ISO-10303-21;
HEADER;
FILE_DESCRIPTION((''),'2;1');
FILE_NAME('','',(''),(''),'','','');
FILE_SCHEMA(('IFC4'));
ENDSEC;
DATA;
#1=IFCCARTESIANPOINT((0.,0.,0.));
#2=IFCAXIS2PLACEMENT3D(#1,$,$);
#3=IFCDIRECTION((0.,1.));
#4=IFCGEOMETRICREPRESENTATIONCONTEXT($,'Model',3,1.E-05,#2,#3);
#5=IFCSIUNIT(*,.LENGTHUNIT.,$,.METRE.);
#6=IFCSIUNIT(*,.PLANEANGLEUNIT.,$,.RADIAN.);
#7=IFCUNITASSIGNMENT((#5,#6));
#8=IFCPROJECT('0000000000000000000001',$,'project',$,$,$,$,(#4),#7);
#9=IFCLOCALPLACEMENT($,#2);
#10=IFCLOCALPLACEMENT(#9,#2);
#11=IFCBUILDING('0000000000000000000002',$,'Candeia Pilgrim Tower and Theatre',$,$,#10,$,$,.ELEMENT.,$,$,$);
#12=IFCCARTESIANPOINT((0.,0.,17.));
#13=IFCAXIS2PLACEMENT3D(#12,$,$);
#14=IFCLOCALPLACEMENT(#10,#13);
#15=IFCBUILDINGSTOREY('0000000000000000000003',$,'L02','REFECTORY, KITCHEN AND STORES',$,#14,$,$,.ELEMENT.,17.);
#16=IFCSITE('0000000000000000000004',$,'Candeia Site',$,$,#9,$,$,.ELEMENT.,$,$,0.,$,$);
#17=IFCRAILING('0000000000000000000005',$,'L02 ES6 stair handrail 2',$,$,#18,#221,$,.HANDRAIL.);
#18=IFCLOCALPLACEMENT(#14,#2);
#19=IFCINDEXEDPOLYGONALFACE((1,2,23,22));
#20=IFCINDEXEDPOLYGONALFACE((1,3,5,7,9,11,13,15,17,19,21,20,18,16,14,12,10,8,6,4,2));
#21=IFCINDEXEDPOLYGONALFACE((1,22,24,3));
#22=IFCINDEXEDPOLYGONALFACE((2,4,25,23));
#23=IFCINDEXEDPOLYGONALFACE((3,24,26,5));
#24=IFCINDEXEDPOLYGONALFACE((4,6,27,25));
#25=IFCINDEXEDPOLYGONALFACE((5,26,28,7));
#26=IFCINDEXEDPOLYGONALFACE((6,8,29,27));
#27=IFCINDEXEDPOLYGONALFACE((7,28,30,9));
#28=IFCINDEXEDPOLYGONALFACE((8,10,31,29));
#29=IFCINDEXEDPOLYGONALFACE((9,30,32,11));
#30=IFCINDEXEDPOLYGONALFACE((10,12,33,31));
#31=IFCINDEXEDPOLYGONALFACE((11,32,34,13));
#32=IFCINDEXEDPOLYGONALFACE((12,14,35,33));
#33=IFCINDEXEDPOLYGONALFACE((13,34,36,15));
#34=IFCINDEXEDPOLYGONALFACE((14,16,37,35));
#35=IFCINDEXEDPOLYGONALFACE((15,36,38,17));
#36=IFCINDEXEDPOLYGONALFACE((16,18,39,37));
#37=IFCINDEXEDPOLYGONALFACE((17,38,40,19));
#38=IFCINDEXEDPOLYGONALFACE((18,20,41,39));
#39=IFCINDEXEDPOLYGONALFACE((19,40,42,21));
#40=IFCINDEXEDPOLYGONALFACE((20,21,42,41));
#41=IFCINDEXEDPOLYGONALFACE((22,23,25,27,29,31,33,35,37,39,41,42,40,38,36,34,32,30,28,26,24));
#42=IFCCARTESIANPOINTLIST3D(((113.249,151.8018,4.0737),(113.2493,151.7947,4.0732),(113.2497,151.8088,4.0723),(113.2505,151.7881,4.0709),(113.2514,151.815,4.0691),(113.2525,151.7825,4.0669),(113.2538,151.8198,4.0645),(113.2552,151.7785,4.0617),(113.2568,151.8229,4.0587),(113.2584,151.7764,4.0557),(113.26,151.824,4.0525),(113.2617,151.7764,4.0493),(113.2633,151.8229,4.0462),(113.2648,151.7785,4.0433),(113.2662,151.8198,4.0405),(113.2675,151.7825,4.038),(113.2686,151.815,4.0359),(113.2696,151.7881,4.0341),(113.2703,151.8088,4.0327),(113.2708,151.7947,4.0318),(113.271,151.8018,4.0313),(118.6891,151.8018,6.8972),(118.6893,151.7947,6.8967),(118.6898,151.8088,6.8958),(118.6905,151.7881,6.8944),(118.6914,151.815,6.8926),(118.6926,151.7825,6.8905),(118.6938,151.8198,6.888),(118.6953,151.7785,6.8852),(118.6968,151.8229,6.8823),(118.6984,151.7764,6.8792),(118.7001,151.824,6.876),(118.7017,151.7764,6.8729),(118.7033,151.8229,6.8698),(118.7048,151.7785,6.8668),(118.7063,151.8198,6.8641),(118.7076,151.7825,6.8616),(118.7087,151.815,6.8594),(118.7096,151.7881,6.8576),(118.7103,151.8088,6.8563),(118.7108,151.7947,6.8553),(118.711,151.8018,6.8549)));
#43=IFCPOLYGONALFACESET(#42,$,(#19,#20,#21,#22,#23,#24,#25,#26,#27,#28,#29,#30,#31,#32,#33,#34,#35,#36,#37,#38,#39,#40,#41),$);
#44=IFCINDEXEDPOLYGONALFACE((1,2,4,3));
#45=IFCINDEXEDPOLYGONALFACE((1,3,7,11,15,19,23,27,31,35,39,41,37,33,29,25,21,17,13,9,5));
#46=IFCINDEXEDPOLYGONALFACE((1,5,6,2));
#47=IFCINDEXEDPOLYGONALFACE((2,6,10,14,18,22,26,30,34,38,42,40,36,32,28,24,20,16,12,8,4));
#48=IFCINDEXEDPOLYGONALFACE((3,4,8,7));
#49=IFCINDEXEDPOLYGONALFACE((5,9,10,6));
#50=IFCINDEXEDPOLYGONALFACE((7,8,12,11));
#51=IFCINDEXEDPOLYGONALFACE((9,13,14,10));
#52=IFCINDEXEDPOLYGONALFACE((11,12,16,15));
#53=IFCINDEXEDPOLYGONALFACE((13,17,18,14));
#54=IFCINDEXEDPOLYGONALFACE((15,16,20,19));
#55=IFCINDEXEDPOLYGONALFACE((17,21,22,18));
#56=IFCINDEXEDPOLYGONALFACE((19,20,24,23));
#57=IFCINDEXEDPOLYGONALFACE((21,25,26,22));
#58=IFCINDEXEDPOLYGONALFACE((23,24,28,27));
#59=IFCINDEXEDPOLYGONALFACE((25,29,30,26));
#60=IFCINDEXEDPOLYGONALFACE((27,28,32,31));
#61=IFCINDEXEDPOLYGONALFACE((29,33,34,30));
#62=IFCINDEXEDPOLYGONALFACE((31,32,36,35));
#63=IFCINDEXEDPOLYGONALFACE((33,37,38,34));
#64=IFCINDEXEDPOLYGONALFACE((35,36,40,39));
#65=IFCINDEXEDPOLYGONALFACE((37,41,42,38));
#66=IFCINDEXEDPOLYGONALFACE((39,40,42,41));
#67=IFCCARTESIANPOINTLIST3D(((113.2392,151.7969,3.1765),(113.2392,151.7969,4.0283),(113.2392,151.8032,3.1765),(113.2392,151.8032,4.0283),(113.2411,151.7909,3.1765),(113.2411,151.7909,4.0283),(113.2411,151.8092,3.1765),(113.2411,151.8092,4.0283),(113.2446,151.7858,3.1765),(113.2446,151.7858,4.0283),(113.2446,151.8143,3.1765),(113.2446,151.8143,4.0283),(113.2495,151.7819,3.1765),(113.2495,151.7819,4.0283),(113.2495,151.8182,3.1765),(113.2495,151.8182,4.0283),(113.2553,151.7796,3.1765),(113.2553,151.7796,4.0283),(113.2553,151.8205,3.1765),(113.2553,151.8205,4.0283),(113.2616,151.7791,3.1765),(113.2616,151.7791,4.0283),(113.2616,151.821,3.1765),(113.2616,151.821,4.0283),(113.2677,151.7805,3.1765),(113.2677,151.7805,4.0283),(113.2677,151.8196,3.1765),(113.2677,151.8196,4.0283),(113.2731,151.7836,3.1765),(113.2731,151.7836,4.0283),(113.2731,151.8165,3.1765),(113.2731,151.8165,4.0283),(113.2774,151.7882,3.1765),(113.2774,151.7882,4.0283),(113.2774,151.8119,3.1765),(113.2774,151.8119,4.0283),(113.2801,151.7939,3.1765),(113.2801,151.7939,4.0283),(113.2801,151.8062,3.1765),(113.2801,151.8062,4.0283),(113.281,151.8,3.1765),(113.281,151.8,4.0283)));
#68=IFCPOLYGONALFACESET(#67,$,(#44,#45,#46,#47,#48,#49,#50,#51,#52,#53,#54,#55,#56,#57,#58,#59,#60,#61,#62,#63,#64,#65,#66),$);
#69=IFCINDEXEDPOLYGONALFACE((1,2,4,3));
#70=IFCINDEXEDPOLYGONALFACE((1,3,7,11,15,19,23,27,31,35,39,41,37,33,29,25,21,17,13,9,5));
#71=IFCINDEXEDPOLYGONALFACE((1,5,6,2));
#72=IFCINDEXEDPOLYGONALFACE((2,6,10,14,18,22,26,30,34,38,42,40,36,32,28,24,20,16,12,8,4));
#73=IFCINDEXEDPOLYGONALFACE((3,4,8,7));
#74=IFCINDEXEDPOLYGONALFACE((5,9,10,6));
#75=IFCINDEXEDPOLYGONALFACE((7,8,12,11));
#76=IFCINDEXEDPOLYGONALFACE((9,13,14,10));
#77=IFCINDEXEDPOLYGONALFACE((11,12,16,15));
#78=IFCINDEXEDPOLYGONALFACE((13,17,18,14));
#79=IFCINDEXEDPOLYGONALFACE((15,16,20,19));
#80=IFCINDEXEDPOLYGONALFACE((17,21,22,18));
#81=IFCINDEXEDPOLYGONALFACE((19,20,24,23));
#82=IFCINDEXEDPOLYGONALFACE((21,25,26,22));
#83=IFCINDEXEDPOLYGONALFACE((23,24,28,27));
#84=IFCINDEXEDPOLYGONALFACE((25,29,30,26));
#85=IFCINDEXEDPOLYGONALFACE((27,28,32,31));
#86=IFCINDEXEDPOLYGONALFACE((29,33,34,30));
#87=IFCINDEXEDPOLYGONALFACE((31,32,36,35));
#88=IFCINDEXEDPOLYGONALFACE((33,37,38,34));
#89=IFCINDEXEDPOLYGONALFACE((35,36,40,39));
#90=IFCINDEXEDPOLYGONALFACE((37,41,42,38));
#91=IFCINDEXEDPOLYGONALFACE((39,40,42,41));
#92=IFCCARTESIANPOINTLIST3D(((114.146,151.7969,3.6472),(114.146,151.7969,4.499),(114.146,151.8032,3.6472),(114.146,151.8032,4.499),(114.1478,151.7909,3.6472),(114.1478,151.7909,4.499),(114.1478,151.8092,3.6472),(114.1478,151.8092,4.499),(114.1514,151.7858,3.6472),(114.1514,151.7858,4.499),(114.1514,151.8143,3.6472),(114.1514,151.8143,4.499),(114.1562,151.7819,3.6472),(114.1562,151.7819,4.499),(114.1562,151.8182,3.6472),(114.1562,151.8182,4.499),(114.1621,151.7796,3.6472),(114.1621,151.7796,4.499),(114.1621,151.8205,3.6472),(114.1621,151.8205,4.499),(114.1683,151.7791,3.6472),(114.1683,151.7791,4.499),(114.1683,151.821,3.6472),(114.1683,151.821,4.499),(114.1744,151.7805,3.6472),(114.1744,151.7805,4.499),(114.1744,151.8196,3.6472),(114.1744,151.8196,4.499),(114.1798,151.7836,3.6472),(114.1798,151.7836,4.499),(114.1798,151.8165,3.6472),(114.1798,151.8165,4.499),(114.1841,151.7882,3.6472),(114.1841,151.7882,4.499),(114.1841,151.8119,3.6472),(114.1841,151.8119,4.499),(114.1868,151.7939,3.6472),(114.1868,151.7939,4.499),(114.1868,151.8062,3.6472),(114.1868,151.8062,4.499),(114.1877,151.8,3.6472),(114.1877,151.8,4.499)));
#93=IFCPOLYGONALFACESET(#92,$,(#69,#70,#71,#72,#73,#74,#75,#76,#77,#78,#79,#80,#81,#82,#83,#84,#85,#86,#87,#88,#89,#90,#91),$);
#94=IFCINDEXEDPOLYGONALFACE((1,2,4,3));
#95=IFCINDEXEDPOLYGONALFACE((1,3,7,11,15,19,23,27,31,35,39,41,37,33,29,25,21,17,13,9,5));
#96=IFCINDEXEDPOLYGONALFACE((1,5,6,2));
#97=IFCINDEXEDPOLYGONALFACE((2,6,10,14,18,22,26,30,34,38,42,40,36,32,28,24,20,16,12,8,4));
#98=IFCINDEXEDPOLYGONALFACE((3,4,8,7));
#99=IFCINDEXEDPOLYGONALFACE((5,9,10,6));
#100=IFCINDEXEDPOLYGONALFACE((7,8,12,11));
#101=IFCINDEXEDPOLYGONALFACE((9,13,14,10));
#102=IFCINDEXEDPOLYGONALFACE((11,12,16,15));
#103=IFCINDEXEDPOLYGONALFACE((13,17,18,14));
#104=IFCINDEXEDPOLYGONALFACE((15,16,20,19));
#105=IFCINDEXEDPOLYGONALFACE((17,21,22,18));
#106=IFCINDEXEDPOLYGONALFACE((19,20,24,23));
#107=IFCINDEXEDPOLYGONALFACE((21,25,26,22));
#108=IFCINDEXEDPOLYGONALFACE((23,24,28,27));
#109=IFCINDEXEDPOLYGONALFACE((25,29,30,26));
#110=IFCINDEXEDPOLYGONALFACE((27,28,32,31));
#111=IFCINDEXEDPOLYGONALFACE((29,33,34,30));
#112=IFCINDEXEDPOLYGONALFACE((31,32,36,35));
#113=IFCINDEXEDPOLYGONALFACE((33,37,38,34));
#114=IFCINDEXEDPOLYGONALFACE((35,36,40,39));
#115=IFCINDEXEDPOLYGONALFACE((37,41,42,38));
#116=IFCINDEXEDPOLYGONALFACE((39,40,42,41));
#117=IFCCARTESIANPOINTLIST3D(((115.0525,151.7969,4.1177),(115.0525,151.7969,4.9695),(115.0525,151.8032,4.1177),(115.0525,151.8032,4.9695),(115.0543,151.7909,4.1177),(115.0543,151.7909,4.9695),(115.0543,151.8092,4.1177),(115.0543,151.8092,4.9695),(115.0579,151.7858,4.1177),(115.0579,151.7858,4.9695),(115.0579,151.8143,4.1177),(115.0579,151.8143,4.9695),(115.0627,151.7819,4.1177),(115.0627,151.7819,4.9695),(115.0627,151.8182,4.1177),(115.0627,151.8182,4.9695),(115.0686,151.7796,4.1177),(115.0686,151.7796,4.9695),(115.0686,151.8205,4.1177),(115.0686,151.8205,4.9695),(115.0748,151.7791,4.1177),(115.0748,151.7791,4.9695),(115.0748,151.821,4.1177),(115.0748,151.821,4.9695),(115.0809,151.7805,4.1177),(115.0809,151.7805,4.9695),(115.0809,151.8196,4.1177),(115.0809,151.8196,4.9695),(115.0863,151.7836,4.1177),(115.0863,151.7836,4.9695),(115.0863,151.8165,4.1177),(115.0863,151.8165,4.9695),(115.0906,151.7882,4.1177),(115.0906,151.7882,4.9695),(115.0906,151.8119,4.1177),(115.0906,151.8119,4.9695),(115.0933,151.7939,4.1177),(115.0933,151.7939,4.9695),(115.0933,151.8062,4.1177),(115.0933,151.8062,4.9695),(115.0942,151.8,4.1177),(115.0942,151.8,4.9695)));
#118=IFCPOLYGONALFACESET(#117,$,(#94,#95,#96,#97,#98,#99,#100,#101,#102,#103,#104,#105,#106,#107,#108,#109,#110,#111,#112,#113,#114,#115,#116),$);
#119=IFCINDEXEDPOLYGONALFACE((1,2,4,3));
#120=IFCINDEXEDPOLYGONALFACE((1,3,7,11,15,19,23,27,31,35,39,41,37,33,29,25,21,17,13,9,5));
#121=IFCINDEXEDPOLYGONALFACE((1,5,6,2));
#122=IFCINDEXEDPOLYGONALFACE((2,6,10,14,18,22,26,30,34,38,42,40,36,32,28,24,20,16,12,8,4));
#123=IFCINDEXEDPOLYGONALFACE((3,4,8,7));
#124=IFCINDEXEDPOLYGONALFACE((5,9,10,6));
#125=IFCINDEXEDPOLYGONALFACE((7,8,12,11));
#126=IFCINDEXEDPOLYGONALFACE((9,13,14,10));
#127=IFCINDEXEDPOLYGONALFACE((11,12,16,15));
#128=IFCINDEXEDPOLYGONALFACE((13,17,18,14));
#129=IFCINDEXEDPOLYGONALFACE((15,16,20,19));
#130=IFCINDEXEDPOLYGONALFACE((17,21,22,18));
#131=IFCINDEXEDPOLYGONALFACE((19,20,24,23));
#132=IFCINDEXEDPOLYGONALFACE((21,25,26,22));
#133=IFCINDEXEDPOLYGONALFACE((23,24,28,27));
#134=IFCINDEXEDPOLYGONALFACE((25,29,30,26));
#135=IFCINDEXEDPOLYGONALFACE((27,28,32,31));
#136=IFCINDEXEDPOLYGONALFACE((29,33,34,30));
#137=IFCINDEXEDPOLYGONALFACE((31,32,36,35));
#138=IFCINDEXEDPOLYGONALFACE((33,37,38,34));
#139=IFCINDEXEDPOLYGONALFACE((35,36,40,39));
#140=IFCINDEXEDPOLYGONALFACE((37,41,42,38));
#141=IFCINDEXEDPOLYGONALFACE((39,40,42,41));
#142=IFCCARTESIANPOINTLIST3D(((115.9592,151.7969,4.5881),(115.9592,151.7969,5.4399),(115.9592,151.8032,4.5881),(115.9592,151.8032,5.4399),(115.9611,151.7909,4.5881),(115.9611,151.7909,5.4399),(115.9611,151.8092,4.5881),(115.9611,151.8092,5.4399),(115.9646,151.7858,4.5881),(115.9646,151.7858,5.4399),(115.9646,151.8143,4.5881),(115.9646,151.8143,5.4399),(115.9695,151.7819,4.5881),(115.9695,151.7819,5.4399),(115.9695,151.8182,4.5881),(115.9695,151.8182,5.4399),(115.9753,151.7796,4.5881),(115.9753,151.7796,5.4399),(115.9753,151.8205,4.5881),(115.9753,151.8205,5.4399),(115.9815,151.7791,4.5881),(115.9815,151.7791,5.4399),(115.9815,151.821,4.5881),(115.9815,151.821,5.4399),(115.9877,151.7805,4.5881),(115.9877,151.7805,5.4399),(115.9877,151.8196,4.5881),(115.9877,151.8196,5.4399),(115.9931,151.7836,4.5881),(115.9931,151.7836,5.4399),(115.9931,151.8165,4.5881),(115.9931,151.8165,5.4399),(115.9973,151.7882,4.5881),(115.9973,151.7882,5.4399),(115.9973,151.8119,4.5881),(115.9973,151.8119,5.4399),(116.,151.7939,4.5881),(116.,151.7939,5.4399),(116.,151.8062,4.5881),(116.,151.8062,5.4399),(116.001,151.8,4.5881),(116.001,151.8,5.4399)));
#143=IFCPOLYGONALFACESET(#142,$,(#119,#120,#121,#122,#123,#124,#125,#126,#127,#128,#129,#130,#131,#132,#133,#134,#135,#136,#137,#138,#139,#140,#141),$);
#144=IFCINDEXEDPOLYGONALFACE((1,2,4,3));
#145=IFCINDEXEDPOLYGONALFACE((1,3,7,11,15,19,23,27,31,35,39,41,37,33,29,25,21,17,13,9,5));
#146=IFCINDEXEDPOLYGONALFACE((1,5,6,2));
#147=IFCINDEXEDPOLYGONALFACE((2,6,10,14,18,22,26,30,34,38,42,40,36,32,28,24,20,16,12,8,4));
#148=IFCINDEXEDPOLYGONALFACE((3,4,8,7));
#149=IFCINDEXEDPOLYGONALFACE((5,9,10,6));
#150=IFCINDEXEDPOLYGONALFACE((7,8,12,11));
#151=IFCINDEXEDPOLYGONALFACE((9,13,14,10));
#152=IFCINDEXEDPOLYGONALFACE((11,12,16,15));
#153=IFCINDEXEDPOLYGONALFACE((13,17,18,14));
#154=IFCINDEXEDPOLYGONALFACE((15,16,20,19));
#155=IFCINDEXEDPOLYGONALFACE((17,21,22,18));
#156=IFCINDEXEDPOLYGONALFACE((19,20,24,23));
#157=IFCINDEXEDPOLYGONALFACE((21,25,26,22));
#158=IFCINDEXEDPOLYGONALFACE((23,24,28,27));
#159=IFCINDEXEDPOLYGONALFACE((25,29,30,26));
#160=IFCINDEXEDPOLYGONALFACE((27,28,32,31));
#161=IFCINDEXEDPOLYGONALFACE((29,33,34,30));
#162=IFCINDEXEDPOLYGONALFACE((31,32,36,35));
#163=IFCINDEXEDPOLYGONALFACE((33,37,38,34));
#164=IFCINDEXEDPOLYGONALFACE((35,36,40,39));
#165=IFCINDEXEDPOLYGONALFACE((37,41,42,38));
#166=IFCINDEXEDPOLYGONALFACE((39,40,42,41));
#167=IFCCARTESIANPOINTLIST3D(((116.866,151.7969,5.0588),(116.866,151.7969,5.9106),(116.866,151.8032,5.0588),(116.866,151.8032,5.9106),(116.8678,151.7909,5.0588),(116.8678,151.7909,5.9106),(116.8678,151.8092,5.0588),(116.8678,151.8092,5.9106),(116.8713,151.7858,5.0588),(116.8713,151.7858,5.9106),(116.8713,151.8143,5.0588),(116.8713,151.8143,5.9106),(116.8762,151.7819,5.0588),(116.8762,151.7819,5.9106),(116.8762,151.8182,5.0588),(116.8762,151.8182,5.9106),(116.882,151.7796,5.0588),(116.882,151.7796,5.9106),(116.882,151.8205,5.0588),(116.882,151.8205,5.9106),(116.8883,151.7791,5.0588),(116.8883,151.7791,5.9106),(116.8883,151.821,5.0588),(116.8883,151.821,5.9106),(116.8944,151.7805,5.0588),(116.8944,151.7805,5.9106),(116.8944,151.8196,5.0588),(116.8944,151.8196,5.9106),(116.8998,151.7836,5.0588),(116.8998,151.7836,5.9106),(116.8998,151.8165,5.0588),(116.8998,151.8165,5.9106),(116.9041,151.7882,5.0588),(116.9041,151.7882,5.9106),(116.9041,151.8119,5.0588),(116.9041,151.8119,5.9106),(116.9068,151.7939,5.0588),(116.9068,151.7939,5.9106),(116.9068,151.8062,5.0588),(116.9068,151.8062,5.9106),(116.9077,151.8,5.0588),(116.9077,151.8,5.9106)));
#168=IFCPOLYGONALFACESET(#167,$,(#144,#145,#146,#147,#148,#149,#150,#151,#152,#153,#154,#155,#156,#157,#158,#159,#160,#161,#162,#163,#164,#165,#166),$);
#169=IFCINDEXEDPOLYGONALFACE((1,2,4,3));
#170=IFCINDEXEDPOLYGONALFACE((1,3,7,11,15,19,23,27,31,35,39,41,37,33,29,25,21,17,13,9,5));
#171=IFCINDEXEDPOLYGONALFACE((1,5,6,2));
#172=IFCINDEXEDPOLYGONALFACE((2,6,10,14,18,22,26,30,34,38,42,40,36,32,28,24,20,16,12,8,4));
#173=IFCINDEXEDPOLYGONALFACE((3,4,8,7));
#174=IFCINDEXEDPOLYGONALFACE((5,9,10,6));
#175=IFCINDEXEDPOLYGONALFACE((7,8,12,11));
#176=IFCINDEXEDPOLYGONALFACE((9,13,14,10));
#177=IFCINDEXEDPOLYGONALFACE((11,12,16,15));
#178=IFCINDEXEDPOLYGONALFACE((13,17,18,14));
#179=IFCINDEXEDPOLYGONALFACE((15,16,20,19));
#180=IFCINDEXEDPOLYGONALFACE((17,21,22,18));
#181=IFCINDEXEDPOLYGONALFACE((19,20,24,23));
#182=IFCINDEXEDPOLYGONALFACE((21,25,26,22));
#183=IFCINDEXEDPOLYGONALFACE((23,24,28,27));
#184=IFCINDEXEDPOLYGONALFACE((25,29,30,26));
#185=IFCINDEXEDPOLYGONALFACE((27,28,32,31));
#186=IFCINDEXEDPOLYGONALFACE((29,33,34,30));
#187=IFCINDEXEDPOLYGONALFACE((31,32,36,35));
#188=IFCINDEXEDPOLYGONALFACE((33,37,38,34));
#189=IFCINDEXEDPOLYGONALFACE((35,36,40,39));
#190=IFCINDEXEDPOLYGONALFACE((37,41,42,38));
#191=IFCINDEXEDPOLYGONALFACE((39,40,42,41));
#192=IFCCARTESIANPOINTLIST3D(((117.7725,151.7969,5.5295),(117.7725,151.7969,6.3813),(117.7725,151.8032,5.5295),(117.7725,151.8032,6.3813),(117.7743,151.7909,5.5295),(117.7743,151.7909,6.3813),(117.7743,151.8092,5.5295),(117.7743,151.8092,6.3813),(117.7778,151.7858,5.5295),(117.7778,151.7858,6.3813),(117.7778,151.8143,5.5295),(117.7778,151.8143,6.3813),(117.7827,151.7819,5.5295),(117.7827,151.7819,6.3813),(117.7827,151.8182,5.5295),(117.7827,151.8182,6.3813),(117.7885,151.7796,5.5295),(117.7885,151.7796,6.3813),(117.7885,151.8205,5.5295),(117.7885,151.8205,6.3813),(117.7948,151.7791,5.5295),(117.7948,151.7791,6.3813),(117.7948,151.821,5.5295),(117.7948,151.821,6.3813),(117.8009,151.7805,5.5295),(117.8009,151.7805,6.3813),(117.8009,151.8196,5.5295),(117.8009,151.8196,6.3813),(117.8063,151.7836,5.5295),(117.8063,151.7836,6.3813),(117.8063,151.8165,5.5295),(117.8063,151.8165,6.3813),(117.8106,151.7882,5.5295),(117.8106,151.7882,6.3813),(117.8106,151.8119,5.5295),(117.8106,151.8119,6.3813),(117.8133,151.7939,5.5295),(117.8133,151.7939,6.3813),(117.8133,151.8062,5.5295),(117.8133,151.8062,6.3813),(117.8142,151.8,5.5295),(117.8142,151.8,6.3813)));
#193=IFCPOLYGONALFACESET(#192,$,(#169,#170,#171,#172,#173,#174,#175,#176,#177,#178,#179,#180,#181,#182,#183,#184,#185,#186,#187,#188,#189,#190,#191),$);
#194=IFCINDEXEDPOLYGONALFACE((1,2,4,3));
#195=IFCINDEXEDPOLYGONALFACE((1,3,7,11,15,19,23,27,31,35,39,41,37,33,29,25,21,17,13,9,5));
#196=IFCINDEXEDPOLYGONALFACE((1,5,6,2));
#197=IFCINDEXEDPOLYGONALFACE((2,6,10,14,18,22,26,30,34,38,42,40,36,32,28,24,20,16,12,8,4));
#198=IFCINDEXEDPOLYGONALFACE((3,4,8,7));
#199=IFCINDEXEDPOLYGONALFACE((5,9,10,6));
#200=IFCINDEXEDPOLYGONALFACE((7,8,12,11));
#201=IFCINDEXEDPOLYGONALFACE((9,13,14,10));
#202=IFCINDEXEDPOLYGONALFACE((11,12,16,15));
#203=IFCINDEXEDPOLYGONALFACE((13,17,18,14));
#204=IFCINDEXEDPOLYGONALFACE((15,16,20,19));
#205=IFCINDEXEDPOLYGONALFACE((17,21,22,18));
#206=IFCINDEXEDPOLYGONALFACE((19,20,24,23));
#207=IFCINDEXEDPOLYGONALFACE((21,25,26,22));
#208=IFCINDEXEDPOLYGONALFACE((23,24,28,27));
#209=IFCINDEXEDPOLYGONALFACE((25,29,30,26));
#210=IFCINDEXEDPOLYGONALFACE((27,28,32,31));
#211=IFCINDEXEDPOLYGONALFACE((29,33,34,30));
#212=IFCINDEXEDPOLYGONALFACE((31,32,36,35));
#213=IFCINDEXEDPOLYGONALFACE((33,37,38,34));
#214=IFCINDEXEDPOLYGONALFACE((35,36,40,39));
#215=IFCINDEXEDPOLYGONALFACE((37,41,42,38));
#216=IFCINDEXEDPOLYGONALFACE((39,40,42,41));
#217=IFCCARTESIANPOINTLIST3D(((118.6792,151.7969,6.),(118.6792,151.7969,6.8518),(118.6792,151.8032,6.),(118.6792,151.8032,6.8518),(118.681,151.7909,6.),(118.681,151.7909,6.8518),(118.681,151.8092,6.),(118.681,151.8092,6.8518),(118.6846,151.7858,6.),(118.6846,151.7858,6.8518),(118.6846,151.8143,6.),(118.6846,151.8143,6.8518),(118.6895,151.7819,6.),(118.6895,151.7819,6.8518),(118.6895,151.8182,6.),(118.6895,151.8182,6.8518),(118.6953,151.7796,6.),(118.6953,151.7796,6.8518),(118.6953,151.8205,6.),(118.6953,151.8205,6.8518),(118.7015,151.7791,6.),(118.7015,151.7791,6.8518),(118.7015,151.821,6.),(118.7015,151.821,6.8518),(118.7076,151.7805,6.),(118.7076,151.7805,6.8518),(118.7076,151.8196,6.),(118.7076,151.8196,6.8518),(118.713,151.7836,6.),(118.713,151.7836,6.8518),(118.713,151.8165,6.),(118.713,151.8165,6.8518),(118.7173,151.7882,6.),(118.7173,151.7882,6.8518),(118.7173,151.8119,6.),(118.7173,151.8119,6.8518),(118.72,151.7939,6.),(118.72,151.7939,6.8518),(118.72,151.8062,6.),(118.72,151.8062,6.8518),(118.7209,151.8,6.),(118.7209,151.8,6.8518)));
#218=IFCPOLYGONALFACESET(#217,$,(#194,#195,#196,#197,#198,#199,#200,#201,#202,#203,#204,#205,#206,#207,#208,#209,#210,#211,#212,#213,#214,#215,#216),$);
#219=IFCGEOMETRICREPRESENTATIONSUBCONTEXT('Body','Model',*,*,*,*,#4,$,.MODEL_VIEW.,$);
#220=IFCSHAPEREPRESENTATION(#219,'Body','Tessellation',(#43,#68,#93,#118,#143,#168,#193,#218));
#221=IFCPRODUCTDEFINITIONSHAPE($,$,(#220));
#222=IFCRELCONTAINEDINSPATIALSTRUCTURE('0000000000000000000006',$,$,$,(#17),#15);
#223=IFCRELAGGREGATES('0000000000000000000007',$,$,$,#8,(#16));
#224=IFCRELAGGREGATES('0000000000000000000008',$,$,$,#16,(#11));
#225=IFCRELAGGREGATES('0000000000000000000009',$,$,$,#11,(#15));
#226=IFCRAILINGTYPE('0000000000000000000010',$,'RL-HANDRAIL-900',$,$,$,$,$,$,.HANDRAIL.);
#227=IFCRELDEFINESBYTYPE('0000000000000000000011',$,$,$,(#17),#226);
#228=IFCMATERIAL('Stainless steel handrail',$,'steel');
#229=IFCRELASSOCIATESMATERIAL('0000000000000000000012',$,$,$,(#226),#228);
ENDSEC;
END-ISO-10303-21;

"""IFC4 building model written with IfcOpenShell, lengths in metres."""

from ifc_helpers import new_model, si_unit, direction, frame, origin, origin_2d, place, context, subcontext, project, spatial, circle, extrude, material, type_object, element, save


model = new_model("IFC4")

# Units and contexts
model_context = context("Model", 3, precision=1e-05, world=origin(), true_north=direction((0.0, 1.0)))
body_context = subcontext(model_context, "Body", "Model", "MODEL_VIEW")
ifc_project = project(units=[si_unit("LENGTHUNIT", "METRE"), si_unit("PLANEANGLEUNIT", "RADIAN")], contexts=[model_context])

# Site, building, storey
site_placement = place(None, origin())
site = spatial("IfcSite", under=ifc_project, at=site_placement, Name="Candeia Site", CompositionType="ELEMENT", RefElevation=0.0)
building_placement = place(site_placement, origin())
building = spatial("IfcBuilding", under=site, at=building_placement, Name="Candeia Pilgrim Tower and Theatre", CompositionType="ELEMENT")
storey_placement = place(building_placement, frame((0.0, 0.0, 17.0)))
storey = spatial("IfcBuildingStorey", under=building, at=storey_placement, Name="L02", Description="REFECTORY, KITCHEN AND STORES", CompositionType="ELEMENT", Elevation=17.0)

# Railing
ifc_material_1 = material(Name="Stainless steel handrail", Category="steel")
railing_type_1 = type_object("IfcRailingType", Name="RL-HANDRAIL-900", PredefinedType="HANDRAIL", material=ifc_material_1)
railing_1_placement = place(storey_placement, frame((113.26, 151.8, 3.1765)))
element("IfcRailing", 1, at=railing_1_placement, inside=storey, type_object=railing_type_1, Name="L02 ES6 stair handrail 2", PredefinedType="HANDRAIL", context=body_context, shape_type="SweptSolid", body=[
    extrude(circle(Radius=0.0239, at=origin_2d()), frame((0.0, 0.0, 0.876), z_axis=(0.887569, 0.0, 0.460674), x_axis=(0.0, 1.0, 0.0)), (0.0, 0.0, 1.0), 6.1292),
    extrude(circle(Radius=0.021, at=origin_2d()), origin(), (0.0, 0.0, 1.0), 0.8518),
    extrude(circle(Radius=0.021, at=origin_2d()), frame((0.9067, 0.0, 0.4707)), (0.0, 0.0, 1.0), 0.8518),
    extrude(circle(Radius=0.021, at=origin_2d()), frame((1.8132, 0.0, 0.9412)), (0.0, 0.0, 1.0), 0.8518),
    extrude(circle(Radius=0.021, at=origin_2d()), frame((2.72, 0.0, 1.4116)), (0.0, 0.0, 1.0), 0.8518),
    extrude(circle(Radius=0.021, at=origin_2d()), frame((3.6267, 0.0, 1.8823)), (0.0, 0.0, 1.0), 0.8518),
    extrude(circle(Radius=0.021, at=origin_2d()), frame((4.5332, 0.0, 2.353)), (0.0, 0.0, 1.0), 0.8518),
    extrude(circle(Radius=0.021, at=origin_2d()), frame((5.4399, 0.0, 2.8235)), (0.0, 0.0, 1.0), 0.8518),
])

save(model, "model.ifc")
